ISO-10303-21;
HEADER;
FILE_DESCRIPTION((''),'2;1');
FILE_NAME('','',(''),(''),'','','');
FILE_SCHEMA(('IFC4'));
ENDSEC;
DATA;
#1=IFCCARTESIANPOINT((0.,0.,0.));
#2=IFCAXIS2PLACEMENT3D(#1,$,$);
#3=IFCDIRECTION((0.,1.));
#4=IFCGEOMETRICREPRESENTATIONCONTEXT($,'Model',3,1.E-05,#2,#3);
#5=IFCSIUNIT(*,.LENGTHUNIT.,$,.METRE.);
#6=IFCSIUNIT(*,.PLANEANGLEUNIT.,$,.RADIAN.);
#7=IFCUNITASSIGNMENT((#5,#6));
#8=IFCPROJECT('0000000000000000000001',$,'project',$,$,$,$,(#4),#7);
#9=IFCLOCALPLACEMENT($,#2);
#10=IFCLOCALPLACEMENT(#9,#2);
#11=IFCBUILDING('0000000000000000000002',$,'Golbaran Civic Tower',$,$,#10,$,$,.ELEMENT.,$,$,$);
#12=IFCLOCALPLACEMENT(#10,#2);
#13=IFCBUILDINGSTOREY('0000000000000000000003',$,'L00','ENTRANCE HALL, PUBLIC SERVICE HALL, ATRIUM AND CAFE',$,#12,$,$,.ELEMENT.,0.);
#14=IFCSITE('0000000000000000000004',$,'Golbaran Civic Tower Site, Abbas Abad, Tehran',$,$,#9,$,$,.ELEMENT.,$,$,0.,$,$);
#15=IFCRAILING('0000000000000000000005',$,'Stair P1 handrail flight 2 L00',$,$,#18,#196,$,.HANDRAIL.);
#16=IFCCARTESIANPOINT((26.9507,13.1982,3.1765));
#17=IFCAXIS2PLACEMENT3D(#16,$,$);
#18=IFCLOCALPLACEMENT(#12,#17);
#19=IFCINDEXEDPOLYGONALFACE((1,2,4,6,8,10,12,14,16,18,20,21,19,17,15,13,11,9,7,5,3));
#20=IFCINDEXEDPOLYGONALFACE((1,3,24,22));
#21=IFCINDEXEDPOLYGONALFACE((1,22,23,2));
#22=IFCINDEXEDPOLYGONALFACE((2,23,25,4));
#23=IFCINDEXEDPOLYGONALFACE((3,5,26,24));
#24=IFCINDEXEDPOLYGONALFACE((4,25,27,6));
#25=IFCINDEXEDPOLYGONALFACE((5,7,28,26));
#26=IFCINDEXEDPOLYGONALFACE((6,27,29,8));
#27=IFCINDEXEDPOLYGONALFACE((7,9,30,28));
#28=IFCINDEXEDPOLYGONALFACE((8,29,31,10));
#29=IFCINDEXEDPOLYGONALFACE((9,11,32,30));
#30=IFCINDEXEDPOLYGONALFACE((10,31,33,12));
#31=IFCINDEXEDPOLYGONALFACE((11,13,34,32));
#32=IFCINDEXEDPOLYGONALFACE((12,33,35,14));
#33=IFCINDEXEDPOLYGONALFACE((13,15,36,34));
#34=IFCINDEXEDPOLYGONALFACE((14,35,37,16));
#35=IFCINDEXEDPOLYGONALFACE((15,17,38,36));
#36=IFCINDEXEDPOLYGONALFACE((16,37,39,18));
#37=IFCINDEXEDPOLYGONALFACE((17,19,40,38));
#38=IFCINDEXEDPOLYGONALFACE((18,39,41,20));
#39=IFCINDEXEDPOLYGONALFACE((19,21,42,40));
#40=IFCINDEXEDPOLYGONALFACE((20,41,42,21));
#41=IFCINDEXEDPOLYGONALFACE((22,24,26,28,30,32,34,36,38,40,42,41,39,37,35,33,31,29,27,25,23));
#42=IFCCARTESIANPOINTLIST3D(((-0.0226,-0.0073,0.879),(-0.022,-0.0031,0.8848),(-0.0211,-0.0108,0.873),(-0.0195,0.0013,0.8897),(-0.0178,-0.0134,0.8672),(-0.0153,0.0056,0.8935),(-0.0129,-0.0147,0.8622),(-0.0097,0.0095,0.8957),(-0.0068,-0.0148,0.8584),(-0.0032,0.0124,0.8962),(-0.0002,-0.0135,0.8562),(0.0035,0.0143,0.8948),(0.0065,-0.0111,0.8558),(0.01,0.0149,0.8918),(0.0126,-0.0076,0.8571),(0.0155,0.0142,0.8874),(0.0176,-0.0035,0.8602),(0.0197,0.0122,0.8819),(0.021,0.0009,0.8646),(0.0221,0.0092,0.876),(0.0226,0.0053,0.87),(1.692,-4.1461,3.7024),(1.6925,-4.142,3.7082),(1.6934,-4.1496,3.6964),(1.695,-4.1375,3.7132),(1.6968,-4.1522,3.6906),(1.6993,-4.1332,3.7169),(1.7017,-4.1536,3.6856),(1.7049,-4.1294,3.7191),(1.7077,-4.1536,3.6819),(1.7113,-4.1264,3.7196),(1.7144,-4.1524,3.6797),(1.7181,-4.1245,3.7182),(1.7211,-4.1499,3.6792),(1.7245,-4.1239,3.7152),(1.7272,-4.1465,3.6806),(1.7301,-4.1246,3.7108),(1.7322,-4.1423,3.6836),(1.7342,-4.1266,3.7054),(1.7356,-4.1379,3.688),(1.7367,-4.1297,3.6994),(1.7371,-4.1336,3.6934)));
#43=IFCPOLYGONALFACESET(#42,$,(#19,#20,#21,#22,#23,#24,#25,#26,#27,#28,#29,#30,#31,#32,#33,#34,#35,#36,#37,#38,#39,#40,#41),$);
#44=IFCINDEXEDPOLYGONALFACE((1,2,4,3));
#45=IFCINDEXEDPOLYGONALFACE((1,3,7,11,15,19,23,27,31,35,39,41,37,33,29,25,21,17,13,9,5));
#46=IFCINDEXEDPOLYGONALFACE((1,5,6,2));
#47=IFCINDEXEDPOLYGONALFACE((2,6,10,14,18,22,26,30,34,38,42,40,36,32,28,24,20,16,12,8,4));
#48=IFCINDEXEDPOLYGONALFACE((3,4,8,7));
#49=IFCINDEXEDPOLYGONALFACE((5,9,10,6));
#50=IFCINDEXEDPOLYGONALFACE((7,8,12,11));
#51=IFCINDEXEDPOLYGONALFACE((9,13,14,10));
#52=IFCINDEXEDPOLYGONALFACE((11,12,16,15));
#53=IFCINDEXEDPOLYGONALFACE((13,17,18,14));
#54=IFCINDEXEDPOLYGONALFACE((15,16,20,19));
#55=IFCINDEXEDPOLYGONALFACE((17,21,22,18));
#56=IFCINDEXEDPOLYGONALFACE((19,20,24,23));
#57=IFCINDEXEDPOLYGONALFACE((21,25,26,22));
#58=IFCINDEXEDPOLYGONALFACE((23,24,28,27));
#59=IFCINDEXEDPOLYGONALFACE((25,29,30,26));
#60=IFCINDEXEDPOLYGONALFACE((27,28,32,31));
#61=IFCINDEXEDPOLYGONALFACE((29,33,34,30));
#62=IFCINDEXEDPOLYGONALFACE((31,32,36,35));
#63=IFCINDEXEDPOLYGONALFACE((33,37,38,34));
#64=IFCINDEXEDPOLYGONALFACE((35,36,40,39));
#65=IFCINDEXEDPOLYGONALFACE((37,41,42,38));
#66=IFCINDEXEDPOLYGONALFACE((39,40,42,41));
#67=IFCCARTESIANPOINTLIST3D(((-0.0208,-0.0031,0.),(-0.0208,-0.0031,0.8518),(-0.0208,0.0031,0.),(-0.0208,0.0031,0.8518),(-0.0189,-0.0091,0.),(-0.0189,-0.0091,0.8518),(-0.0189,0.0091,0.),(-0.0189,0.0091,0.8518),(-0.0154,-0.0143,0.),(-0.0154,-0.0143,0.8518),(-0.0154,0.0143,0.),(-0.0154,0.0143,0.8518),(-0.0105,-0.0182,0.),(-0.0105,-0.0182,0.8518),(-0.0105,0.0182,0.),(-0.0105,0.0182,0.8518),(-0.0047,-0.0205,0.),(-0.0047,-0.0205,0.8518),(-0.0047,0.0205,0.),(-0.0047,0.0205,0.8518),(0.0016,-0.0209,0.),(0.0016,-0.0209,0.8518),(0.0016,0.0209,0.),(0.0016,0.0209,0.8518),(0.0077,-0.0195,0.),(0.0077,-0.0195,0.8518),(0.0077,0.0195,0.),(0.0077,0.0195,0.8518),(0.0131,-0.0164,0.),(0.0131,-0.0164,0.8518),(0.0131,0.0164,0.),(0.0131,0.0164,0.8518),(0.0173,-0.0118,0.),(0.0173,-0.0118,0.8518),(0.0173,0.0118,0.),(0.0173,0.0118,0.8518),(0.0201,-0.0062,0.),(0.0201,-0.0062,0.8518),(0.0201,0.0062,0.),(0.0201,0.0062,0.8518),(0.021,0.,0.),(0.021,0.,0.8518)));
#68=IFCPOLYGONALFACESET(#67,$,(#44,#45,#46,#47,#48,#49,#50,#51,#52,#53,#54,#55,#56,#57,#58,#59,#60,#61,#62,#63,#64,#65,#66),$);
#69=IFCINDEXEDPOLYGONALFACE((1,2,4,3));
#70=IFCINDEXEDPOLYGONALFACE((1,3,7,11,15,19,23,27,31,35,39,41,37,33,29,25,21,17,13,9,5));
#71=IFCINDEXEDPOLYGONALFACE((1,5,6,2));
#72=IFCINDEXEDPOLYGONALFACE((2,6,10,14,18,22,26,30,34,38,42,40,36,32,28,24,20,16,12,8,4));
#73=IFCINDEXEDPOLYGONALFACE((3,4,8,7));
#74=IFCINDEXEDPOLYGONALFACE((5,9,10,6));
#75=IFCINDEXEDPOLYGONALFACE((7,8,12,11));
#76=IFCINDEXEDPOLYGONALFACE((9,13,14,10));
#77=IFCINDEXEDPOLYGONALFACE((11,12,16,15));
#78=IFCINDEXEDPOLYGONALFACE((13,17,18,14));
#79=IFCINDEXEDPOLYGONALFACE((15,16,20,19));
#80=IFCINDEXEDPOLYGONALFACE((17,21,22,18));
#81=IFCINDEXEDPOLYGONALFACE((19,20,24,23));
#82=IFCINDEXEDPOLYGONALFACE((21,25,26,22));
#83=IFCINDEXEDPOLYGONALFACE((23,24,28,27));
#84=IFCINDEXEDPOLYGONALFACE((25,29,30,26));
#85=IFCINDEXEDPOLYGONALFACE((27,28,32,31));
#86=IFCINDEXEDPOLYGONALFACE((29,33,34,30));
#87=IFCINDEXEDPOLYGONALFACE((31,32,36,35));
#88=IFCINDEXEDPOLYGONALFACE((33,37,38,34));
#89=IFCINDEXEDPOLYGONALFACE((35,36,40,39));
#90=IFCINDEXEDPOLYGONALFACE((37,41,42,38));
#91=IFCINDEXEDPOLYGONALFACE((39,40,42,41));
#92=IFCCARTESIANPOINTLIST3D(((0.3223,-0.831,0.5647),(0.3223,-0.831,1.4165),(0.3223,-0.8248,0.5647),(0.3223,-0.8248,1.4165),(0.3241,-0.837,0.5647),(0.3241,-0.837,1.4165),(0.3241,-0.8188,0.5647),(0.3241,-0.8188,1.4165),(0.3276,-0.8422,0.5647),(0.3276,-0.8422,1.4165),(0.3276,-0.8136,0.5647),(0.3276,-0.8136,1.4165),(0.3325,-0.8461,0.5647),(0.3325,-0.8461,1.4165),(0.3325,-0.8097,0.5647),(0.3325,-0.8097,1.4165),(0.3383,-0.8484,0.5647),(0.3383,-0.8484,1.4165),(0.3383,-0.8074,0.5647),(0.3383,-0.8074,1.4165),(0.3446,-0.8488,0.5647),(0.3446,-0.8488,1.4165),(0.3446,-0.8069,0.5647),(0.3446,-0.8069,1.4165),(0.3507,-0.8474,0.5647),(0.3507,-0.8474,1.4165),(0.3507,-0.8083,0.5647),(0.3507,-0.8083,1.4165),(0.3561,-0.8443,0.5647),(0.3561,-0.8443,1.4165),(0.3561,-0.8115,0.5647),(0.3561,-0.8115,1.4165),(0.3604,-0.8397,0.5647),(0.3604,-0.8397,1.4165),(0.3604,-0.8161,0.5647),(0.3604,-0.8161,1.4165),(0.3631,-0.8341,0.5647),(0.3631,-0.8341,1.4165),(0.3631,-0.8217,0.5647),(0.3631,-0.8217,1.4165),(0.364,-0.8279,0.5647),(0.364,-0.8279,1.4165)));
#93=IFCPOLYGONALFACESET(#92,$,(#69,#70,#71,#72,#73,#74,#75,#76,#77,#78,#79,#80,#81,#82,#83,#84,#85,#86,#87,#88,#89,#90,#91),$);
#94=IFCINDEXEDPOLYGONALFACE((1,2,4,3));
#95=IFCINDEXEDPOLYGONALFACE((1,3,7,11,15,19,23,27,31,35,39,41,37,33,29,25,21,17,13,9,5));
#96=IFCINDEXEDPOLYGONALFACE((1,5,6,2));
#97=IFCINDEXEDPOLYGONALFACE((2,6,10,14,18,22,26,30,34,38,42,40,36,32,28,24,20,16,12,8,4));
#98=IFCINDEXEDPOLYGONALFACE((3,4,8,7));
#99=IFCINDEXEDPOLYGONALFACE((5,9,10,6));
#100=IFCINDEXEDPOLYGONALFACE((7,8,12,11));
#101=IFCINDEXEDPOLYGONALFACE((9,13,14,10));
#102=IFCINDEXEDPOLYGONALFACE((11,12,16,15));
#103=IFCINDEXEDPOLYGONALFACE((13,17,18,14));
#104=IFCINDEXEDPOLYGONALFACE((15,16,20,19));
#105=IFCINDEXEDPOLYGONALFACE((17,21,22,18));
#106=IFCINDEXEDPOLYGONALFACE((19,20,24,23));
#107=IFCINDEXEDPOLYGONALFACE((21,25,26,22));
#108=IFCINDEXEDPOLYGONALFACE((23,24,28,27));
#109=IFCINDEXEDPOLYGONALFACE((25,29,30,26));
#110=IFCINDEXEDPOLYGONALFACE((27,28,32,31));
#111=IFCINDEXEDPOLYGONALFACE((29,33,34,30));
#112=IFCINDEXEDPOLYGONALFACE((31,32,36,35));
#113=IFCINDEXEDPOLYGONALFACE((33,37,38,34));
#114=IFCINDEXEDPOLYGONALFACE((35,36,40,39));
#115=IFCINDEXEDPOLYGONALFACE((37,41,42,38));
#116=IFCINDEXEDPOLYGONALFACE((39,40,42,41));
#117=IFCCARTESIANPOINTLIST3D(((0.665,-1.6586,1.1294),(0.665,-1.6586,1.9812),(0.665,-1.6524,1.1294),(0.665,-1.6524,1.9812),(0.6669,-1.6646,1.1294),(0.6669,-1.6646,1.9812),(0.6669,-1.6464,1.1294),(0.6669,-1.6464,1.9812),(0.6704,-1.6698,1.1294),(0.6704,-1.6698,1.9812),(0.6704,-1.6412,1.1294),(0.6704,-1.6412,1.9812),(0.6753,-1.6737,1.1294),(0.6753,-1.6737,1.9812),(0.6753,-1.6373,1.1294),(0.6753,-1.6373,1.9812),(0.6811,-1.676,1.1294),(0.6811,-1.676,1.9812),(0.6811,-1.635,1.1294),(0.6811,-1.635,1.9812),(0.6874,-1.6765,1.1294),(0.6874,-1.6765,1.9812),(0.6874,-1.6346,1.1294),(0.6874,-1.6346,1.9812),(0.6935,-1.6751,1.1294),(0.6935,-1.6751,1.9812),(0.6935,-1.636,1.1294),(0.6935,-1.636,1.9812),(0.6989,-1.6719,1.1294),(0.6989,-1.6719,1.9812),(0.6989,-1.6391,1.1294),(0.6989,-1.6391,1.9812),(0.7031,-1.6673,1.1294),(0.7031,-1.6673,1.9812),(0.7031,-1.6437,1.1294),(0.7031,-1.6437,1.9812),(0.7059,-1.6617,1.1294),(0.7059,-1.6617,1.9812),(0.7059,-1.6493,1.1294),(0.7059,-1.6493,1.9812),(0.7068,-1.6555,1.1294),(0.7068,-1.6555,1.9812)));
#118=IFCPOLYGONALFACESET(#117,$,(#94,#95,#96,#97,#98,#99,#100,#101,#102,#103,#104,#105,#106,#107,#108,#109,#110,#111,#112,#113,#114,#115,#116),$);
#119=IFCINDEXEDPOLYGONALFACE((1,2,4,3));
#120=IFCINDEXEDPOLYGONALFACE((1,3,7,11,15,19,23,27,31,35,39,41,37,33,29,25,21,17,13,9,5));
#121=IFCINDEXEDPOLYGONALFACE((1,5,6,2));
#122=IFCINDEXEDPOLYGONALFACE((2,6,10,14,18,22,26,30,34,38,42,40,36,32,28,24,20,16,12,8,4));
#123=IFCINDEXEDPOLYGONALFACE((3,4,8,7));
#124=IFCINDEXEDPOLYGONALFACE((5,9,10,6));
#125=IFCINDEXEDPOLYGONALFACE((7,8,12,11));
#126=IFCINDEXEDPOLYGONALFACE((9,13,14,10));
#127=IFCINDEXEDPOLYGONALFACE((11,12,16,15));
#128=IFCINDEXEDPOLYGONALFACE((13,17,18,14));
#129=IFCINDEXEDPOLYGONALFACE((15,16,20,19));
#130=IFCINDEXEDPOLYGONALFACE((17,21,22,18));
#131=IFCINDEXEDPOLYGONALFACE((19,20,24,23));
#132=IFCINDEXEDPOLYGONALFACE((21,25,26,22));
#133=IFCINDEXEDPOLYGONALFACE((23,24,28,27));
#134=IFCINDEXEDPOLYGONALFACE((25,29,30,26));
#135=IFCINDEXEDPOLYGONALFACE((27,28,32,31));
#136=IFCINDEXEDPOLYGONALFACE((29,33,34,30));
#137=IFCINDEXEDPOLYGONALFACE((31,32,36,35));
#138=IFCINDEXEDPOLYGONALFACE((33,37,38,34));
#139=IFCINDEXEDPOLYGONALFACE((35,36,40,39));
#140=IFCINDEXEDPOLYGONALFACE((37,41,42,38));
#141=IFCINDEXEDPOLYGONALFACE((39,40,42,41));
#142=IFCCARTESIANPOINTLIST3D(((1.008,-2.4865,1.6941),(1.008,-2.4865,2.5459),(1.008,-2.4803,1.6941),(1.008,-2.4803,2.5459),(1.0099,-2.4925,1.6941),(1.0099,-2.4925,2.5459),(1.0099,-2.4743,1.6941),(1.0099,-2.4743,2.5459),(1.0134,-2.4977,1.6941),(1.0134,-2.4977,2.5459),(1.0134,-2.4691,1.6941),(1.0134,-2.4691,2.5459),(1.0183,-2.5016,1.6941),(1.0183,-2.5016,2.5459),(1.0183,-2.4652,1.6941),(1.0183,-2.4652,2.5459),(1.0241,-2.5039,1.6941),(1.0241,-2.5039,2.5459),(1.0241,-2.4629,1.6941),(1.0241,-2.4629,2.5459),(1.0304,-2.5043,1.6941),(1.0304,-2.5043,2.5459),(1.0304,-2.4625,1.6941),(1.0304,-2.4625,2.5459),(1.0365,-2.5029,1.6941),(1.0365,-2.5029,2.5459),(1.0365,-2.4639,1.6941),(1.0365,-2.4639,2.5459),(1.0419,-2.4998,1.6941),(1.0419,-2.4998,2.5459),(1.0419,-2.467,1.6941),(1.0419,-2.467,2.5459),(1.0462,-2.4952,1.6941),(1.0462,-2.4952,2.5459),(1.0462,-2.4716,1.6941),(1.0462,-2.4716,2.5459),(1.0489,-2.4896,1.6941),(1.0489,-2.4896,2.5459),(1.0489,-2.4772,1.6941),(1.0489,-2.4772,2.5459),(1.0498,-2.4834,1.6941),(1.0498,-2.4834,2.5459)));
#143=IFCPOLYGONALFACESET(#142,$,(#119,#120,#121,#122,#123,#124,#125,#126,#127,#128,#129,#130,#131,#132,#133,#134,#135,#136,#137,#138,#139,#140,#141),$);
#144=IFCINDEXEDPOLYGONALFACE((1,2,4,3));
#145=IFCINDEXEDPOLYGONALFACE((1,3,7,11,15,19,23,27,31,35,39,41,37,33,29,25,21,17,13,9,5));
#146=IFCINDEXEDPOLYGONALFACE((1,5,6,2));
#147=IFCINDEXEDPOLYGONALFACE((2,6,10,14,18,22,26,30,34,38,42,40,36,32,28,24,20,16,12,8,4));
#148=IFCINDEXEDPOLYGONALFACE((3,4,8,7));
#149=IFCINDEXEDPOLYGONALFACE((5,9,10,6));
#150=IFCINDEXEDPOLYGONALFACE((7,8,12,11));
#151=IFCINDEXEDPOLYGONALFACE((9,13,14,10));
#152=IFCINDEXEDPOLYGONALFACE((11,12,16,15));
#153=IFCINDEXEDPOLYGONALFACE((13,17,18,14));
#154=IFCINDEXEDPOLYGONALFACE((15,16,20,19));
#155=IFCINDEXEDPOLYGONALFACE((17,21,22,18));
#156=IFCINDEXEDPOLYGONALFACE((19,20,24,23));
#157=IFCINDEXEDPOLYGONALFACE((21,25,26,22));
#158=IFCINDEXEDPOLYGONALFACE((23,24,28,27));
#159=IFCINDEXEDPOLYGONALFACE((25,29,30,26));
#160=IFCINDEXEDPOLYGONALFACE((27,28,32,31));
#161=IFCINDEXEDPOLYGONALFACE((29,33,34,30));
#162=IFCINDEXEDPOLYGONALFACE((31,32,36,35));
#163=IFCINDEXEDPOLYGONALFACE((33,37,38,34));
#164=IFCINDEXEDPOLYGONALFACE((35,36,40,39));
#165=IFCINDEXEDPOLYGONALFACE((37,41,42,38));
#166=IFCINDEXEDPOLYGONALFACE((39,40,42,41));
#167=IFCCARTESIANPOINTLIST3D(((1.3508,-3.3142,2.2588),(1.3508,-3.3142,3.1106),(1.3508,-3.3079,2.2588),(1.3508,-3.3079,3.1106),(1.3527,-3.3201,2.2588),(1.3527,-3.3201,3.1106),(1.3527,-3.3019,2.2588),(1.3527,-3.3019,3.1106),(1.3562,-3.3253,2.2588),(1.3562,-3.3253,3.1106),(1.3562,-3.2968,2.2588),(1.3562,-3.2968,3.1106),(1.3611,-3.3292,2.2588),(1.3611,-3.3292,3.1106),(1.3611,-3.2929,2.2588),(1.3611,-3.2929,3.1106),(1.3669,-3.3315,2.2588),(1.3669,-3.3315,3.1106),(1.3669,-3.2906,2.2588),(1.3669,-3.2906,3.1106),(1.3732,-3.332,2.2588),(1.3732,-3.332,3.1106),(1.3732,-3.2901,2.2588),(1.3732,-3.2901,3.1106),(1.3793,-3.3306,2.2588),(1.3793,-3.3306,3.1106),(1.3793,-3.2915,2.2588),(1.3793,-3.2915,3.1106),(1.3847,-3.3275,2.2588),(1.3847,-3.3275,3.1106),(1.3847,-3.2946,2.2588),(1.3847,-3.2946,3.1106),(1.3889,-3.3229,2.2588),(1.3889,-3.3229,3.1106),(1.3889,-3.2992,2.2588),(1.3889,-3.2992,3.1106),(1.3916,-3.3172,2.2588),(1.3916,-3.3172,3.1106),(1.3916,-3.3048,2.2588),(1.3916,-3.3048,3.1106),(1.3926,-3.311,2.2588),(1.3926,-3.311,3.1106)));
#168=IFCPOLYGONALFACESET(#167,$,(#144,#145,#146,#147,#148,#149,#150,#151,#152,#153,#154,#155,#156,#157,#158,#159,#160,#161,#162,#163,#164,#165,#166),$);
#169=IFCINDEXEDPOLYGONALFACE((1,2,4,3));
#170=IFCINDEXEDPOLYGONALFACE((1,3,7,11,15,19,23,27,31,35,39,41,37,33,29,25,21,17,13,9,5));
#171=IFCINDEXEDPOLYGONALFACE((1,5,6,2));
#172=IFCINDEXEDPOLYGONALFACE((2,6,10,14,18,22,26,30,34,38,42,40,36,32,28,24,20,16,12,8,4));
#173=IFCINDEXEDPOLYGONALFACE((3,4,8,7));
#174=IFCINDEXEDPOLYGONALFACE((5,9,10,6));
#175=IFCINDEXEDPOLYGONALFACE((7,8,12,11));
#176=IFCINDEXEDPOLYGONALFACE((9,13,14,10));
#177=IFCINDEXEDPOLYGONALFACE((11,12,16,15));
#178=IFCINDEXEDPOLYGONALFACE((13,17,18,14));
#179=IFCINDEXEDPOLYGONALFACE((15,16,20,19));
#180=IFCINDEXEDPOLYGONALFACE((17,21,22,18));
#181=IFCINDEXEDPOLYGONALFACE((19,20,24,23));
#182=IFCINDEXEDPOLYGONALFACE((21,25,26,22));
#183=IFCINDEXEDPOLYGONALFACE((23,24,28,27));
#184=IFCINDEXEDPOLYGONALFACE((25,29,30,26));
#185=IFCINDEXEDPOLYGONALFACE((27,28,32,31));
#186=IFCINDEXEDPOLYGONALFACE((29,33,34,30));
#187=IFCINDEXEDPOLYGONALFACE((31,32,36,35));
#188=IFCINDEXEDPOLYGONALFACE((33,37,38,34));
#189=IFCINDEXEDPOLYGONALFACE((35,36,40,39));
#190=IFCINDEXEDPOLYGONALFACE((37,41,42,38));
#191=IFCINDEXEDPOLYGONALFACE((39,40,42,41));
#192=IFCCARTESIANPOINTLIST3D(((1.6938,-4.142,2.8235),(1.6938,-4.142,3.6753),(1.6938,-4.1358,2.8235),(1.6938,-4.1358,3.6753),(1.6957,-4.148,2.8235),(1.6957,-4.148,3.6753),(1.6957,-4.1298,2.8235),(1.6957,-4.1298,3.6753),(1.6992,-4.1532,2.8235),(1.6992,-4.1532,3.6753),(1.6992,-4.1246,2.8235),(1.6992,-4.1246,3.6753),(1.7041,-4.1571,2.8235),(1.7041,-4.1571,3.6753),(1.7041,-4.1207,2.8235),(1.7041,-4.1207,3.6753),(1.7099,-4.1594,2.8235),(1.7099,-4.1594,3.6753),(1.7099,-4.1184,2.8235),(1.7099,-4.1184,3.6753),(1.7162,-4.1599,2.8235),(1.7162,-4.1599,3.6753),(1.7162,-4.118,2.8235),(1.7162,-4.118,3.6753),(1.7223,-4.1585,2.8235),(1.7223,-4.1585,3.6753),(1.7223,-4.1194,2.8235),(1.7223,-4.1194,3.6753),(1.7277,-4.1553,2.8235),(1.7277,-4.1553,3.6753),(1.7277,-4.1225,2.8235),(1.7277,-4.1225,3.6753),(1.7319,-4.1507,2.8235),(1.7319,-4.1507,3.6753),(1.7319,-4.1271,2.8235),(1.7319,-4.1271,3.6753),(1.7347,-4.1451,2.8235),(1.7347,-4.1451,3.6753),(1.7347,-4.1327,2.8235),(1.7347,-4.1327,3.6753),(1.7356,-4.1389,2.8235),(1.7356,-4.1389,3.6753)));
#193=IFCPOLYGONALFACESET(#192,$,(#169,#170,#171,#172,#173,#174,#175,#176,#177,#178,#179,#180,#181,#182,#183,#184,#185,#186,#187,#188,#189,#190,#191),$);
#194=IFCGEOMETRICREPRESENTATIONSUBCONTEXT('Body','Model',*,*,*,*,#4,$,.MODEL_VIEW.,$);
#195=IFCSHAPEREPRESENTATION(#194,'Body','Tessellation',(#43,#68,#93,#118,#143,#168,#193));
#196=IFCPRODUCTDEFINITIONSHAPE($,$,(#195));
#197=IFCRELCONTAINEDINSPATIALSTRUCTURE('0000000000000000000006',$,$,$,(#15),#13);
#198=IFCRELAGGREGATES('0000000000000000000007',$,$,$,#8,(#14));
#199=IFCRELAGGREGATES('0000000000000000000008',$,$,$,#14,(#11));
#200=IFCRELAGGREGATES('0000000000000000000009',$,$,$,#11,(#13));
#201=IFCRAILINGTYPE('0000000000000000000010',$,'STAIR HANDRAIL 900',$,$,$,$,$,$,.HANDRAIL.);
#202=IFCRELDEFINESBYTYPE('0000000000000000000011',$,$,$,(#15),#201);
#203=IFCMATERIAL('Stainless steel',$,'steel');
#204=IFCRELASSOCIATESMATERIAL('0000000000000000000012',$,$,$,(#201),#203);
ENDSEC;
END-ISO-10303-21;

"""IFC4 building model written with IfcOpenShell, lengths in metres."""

from ifc_helpers import new_model, si_unit, direction, frame, origin, origin_2d, place, context, subcontext, project, spatial, circle, extrude, material, type_object, element, save


model = new_model("IFC4")

# Units and contexts
model_context = context("Model", 3, precision=1e-05, world=origin(), true_north=direction((0.0, 1.0)))
body_context = subcontext(model_context, "Body", "Model", "MODEL_VIEW")
ifc_project = project(units=[si_unit("LENGTHUNIT", "METRE"), si_unit("PLANEANGLEUNIT", "RADIAN")], contexts=[model_context])

# Site, building, storey
site_placement = place(None, origin())
site = spatial("IfcSite", under=ifc_project, at=site_placement, Name="Golbaran Civic Tower Site, Abbas Abad, Tehran", CompositionType="ELEMENT", RefElevation=0.0)
building_placement = place(site_placement, origin())
building = spatial("IfcBuilding", under=site, at=building_placement, Name="Golbaran Civic Tower", CompositionType="ELEMENT")
storey_placement = place(building_placement, origin())
storey = spatial("IfcBuildingStorey", under=building, at=storey_placement, Name="L00", Description="ENTRANCE HALL, PUBLIC SERVICE HALL, ATRIUM AND CAFE", CompositionType="ELEMENT", Elevation=0.0)

# Railing
ifc_material_1 = material(Name="Stainless steel", Category="steel")
railing_type_1 = type_object("IfcRailingType", Name="STAIR HANDRAIL 900", PredefinedType="HANDRAIL", material=ifc_material_1)
railing_1_placement = place(storey_placement, frame((26.9507, 13.1982, 3.1765)))
element("IfcRailing", 1, at=railing_1_placement, inside=storey, type_object=railing_type_1, Name="Stair P1 handrail flight 2 L00", PredefinedType="HANDRAIL", context=body_context, shape_type="SweptSolid", body=[
    extrude(circle(Radius=0.0239, at=origin_2d()), frame((0.0, 0.0, 0.876), z_axis=(0.323783, -0.781588, 0.533184), x_axis=(0.923863, 0.382722, 0.0)), (0.0, 0.0, 1.0), 5.2954),
    extrude(circle(Radius=0.021, at=origin_2d()), origin(), (0.0, 0.0, 1.0), 0.8518),
    extrude(circle(Radius=0.021, at=origin_2d()), frame((0.343, -0.8279, 0.5647)), (0.0, 0.0, 1.0), 0.8518),
    extrude(circle(Radius=0.021, at=origin_2d()), frame((0.6858, -1.6555, 1.1294)), (0.0, 0.0, 1.0), 0.8518),
    extrude(circle(Radius=0.021, at=origin_2d()), frame((1.0288, -2.4834, 1.6941)), (0.0, 0.0, 1.0), 0.8518),
    extrude(circle(Radius=0.021, at=origin_2d()), frame((1.3716, -3.311, 2.2588)), (0.0, 0.0, 1.0), 0.8518),
    extrude(circle(Radius=0.021, at=origin_2d()), frame((1.7146, -4.1389, 2.8235)), (0.0, 0.0, 1.0), 0.8518),
])

save(model, "model.ifc")
